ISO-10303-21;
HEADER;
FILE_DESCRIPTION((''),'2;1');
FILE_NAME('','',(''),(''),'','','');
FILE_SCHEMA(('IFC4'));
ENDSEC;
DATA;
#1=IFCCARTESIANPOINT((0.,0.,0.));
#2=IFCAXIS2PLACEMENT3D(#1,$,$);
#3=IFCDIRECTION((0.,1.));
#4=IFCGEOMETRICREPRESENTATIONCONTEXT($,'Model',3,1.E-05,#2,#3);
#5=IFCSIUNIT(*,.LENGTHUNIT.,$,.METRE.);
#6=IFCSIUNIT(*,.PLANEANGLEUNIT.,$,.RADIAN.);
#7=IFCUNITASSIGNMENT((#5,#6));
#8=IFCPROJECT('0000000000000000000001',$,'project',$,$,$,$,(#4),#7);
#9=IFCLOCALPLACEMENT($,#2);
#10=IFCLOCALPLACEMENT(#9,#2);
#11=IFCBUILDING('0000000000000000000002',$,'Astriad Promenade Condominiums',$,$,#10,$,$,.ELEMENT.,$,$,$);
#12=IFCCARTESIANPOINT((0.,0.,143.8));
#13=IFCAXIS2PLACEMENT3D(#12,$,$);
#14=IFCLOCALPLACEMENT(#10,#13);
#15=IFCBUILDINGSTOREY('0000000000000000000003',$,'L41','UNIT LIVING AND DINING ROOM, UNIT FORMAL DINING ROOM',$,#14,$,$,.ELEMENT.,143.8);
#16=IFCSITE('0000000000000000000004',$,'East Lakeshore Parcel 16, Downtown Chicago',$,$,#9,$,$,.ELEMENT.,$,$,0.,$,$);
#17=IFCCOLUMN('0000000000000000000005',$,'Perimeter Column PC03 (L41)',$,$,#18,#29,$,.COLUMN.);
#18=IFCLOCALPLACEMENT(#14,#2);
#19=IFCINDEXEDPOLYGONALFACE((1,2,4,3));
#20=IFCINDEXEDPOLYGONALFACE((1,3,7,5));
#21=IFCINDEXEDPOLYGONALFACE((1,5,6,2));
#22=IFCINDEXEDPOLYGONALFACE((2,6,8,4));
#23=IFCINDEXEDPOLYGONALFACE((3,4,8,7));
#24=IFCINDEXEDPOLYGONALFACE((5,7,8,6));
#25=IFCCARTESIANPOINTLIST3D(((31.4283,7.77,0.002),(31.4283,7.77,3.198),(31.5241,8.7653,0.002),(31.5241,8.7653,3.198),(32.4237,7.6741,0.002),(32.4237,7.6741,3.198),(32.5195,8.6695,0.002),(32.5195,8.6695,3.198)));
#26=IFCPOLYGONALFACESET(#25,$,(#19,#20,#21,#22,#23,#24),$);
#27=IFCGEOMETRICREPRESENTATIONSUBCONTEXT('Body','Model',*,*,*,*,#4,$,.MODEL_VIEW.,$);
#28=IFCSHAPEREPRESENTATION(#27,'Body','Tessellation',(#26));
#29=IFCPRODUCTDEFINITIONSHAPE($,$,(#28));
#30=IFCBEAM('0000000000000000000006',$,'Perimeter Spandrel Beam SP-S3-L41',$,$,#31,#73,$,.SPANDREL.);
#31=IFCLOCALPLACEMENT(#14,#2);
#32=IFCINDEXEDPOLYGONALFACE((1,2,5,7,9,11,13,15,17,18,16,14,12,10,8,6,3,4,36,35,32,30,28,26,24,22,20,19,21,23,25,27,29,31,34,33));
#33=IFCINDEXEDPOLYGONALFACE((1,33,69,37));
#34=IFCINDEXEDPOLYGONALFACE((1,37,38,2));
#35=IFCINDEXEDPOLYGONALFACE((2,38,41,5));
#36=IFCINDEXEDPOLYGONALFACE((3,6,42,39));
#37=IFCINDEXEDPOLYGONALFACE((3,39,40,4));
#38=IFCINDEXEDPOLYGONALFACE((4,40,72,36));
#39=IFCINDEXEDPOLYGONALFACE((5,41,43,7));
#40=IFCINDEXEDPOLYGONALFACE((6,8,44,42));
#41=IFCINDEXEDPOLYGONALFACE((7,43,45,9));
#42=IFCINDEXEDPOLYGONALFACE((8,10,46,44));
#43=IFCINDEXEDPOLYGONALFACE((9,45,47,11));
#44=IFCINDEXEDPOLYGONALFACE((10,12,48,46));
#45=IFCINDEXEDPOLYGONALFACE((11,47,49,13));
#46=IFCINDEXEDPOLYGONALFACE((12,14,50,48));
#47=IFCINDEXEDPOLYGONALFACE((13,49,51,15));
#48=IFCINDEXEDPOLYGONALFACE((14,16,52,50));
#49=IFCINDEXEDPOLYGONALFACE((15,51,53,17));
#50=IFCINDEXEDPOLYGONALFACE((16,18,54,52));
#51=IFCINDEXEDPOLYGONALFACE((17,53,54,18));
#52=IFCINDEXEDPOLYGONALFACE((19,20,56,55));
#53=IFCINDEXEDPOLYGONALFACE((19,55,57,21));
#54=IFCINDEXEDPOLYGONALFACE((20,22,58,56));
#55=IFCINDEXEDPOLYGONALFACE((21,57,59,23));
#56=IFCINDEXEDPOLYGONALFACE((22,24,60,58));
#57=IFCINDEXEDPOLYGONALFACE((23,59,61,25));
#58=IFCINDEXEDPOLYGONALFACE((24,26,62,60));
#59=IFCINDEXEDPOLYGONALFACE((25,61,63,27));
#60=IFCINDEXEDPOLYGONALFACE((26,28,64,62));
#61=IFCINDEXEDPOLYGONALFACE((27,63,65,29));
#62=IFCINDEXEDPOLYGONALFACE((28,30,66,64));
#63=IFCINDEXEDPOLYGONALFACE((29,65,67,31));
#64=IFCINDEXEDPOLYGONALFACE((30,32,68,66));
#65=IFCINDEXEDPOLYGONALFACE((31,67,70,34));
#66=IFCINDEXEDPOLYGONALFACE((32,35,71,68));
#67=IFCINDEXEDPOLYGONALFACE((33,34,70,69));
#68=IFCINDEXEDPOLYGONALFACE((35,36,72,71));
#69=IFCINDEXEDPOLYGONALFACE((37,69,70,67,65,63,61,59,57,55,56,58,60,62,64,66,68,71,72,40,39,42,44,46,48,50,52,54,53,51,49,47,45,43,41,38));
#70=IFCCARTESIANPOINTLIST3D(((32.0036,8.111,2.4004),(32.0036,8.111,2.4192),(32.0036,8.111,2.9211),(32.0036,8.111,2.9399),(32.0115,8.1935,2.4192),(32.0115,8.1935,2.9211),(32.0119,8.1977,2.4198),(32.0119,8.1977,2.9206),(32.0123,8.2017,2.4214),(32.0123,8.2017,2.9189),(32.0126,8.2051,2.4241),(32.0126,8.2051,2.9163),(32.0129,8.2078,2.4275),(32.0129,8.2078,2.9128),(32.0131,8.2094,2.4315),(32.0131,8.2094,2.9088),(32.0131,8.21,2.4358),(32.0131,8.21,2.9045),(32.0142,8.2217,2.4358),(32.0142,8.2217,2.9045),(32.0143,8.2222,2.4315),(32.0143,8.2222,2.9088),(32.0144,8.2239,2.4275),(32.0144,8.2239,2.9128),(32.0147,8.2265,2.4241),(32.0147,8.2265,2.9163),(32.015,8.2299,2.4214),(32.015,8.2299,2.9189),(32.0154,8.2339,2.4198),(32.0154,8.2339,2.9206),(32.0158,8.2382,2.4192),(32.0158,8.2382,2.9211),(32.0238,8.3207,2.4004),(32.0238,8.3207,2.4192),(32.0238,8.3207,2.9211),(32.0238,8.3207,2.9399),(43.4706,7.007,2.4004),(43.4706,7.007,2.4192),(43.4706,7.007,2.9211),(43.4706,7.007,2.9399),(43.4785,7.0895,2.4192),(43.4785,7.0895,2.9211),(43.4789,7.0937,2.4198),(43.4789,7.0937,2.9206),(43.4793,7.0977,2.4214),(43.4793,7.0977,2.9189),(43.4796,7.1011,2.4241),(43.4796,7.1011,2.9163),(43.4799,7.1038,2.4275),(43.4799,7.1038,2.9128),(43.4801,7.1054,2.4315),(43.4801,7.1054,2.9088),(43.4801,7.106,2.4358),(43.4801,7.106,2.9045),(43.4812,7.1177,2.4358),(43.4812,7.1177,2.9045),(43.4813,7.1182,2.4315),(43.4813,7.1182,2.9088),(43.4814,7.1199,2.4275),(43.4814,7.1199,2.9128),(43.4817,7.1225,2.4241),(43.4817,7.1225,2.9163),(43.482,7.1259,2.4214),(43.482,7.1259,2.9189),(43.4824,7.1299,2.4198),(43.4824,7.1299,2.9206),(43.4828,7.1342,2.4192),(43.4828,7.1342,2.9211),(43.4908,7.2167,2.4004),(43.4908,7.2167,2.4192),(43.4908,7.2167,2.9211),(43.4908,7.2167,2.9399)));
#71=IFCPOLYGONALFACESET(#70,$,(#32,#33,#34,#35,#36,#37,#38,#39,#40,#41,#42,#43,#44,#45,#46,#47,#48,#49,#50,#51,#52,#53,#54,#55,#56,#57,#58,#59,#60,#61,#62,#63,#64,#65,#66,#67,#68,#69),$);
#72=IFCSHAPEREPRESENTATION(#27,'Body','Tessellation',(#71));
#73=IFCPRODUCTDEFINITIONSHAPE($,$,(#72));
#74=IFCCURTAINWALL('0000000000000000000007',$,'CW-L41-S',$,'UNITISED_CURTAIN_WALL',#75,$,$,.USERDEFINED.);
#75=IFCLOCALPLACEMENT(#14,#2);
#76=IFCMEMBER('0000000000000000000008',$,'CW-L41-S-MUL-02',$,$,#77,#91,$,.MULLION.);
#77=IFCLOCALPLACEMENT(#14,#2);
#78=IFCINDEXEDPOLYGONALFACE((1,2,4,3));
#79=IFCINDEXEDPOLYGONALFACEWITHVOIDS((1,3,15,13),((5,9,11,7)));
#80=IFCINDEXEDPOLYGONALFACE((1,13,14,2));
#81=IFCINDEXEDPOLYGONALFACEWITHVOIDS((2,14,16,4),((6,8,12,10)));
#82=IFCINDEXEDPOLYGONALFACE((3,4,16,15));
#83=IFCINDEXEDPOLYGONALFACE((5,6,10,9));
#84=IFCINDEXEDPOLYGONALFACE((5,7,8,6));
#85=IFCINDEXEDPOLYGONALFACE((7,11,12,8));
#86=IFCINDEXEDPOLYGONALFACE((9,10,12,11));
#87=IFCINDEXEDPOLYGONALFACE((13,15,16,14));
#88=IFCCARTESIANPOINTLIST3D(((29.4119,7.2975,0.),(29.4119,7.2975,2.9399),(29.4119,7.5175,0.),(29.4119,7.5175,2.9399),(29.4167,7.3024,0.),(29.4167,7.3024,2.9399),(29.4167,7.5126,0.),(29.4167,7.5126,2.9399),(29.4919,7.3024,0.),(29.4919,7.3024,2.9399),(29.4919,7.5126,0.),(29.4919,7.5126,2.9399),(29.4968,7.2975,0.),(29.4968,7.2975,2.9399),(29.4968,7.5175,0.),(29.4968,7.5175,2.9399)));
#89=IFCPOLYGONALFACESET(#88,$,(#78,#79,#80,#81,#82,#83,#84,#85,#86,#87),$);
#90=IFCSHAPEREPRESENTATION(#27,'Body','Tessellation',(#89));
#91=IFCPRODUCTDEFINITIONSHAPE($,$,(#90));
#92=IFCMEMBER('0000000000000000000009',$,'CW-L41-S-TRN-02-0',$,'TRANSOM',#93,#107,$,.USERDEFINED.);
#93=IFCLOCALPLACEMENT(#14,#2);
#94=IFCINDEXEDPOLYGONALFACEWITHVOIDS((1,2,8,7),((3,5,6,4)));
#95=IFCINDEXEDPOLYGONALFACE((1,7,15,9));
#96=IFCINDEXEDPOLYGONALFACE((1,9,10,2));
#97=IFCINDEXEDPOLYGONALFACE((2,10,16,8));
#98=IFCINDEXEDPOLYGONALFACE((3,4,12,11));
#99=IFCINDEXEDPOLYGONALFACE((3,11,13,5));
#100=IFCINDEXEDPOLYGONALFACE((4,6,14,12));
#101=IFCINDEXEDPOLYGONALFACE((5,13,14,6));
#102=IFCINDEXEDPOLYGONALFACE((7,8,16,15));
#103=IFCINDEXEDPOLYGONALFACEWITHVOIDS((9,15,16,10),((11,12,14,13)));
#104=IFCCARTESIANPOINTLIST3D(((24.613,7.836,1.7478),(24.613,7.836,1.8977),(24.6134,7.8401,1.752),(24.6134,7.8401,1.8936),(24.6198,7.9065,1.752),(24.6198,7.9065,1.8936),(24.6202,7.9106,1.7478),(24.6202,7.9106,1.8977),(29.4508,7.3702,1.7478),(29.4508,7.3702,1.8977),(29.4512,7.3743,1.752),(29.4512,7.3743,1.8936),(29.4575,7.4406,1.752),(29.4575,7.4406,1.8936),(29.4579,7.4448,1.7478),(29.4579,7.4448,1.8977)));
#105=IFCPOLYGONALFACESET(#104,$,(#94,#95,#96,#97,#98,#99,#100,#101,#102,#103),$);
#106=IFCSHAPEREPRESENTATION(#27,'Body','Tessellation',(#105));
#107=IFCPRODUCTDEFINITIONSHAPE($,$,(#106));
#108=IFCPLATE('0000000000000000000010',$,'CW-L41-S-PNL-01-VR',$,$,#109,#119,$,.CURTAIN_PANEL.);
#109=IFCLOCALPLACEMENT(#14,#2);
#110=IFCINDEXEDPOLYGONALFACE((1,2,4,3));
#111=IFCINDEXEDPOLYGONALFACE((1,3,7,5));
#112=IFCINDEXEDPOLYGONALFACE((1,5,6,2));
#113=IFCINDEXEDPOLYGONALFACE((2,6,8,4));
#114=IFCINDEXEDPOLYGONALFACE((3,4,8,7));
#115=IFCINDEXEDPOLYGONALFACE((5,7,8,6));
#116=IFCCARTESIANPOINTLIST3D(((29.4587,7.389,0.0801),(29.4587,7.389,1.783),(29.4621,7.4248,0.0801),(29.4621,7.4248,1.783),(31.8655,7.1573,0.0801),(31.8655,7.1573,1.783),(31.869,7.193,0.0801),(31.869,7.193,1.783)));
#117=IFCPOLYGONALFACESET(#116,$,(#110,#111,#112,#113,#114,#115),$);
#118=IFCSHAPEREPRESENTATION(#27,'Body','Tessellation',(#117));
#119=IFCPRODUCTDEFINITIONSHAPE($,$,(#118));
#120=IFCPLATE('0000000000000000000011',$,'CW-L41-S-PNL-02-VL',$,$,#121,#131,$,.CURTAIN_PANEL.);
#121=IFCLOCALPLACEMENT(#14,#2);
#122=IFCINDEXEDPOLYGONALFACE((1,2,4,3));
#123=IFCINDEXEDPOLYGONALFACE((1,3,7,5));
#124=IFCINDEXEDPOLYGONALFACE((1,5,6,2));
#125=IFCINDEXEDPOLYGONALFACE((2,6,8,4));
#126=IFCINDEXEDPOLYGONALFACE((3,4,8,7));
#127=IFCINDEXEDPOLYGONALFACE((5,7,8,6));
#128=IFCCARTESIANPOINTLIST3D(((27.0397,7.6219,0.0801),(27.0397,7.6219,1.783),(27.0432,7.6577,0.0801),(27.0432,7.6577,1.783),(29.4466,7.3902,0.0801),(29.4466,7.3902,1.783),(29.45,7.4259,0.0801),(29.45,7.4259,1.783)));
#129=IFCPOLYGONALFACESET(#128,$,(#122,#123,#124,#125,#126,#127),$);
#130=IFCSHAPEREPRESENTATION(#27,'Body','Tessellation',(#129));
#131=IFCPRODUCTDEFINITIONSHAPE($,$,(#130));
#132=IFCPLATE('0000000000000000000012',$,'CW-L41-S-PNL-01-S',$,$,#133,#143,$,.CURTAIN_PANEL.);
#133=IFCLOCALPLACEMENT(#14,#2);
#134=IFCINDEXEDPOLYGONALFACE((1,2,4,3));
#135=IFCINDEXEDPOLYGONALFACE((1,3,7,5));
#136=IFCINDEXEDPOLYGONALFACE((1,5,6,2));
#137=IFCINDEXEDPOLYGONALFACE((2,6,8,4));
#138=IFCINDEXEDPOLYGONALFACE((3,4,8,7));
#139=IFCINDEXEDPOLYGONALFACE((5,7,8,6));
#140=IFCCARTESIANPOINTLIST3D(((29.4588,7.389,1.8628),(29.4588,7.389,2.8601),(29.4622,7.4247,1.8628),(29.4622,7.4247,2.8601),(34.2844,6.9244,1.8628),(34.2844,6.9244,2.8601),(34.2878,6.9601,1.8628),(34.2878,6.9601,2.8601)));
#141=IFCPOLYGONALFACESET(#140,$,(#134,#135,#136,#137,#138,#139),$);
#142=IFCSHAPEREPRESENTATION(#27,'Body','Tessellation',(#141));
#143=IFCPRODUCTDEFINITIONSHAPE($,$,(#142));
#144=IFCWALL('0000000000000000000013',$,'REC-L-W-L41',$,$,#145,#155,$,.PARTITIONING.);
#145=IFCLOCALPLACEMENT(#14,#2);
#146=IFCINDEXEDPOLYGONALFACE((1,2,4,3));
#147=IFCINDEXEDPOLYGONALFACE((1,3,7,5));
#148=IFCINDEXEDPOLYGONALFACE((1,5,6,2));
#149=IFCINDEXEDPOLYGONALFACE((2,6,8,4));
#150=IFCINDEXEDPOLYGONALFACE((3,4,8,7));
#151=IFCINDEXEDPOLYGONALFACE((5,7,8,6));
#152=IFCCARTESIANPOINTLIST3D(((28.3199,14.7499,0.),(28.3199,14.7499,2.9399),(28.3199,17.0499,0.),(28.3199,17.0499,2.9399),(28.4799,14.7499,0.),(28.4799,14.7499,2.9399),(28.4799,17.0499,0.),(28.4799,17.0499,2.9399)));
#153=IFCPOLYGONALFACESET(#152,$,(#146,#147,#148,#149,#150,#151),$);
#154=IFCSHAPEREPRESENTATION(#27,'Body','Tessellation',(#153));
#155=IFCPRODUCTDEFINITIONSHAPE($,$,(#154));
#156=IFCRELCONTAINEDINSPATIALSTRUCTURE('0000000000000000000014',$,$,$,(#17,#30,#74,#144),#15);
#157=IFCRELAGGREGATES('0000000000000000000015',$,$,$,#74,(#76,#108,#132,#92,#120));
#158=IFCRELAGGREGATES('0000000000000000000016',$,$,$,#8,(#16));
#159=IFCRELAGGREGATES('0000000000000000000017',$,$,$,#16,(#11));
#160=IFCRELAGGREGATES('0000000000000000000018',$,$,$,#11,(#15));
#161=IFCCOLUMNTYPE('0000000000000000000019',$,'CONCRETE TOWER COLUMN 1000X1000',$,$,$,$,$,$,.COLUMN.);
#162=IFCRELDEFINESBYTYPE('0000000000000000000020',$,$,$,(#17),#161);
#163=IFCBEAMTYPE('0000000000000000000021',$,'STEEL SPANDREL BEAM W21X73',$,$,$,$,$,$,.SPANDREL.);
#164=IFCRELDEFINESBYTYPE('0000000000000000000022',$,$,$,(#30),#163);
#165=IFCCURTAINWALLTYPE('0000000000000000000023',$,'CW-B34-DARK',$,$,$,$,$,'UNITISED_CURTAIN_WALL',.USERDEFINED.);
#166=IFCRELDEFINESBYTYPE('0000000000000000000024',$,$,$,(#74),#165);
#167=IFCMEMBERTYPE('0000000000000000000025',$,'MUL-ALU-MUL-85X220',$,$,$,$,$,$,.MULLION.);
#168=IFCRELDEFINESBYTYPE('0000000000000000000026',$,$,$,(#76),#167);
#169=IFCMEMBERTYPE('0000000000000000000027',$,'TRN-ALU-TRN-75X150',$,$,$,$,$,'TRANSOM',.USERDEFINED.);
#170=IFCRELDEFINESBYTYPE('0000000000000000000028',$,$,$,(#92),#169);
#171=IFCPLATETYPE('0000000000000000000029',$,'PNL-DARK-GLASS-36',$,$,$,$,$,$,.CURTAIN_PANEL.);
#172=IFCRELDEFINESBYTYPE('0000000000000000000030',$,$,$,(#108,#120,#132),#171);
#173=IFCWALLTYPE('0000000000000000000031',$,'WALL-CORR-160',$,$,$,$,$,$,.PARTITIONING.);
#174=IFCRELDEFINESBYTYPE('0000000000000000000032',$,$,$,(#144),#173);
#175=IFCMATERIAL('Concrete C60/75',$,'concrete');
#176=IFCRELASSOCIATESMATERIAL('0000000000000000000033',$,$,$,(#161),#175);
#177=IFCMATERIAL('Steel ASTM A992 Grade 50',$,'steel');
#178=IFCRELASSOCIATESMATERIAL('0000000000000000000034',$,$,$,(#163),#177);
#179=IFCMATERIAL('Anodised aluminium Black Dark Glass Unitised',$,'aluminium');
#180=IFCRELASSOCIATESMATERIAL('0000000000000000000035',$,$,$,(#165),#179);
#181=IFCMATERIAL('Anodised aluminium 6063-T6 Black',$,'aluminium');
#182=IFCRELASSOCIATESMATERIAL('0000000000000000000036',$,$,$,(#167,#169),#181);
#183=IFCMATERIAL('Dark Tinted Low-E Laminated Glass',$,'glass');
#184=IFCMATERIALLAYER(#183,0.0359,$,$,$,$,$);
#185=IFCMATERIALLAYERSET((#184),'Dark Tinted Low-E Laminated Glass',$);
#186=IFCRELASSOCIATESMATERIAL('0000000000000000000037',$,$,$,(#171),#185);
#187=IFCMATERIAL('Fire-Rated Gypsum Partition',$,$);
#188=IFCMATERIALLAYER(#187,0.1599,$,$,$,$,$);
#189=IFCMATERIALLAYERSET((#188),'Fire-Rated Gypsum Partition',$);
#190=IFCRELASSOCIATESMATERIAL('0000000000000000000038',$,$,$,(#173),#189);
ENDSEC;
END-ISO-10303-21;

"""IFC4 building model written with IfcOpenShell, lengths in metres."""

from ifc_helpers import new_model, si_unit, direction, frame, frame_2d, origin, origin_2d, place, context, subcontext, project, spatial, rectangle, hollow_rectangle, i_section, extrude, source, transform, mapped, material, layer, layer_set, material_profile, profile_set, type_object, type_shapes, element, aggregate, save


model = new_model("IFC4")

# Units and contexts
model_context = context("Model", 3, precision=1e-05, world=origin(), true_north=direction((0.0, 1.0)))
body_context = subcontext(model_context, "Body", "Model", "MODEL_VIEW")
ifc_project = project(units=[si_unit("LENGTHUNIT", "METRE"), si_unit("PLANEANGLEUNIT", "RADIAN")], contexts=[model_context])

# Site, building, storey
site_placement = place(None, origin())
site = spatial("IfcSite", under=ifc_project, at=site_placement, Name="East Lakeshore Parcel 16, Downtown Chicago", CompositionType="ELEMENT", RefElevation=0.0)
building_placement = place(site_placement, origin())
building = spatial("IfcBuilding", under=site, at=building_placement, Name="Astriad Promenade Condominiums", CompositionType="ELEMENT")
storey_placement = place(building_placement, frame((0.0, 0.0, 143.8)))
storey = spatial("IfcBuildingStorey", under=building, at=storey_placement, Name="L41", Description="UNIT LIVING AND DINING ROOM, UNIT FORMAL DINING ROOM", CompositionType="ELEMENT", Elevation=143.8)

# Column
ifc_material_1 = material(Name="Concrete C60/75", Category="concrete")
ifc_material_profile_1 = material_profile(ifc_material_1, rectangle(XDim=1.0, YDim=1.0, at=origin_2d()), Name="RC-COL-1000X1000")
ifc_profile_set_1 = profile_set([ifc_material_profile_1], Name="Concrete C60/75")
column_type = type_object("IfcColumnType", Name="CONCRETE TOWER COLUMN 1000X1000", PredefinedType="COLUMN", material=ifc_profile_set_1)
shared_shape_1 = source(origin(), body_context, "Body", "SweptSolid", [
    extrude(rectangle(XDim=1.0, YDim=1.0, at=origin_2d()), origin(), (0.0, 0.0, 1.0), 3.196),
])
type_shapes(column_type, [shared_shape_1])
column_placement = place(storey_placement, frame((31.9739, 8.2197, 0.002), z_axis=(0.0, 0.0, 1.0), x_axis=(0.995396, -0.095846, 0.0)))
element("IfcColumn", 1, at=column_placement, inside=storey, type_object=column_type, Name="Perimeter Column PC03 (L41)", PredefinedType="COLUMN", context=body_context, shape_type="MappedRepresentation", body=[
    mapped(shared_shape_1, transform((0.0, 0.0, 0.0), scale=1.0)),
])

# Beam
ifc_material_2 = material(Name="Steel ASTM A992 Grade 50", Category="steel")
ifc_material_profile_2 = material_profile(ifc_material_2, i_section(OverallWidth=0.2107, OverallDepth=0.5396, WebThickness=0.0117, FlangeThickness=0.0188, FilletRadius=0.0166, at=origin_2d()), Name="W21X73")
ifc_profile_set_2 = profile_set([ifc_material_profile_2], Name="Steel ASTM A992 Grade 50")
beam_type = type_object("IfcBeamType", Name="STEEL SPANDREL BEAM W21X73", PredefinedType="SPANDREL", material=ifc_profile_set_2)
shared_shape_2 = source(origin(), body_context, "Body", "SweptSolid", [
    extrude(i_section(OverallWidth=0.2107, OverallDepth=0.5396, WebThickness=0.0117, FlangeThickness=0.0188, FilletRadius=0.0166, at=origin_2d()), origin(), (0.0, 0.0, 1.0), 11.52),
])
type_shapes(beam_type, [shared_shape_2])
beam_placement = place(storey_placement, frame((32.0137, 8.2158, 2.6702), z_axis=(0.995397, -0.095833, 0.0), x_axis=(0.095833, 0.995397, 0.0)))
element("IfcBeam", 2, at=beam_placement, inside=storey, type_object=beam_type, Name="Perimeter Spandrel Beam SP-S3-L41", PredefinedType="SPANDREL", context=body_context, shape_type="MappedRepresentation", body=[
    mapped(shared_shape_2, transform((0.0, 0.0, 0.0), scale=1.0)),
])

# Curtain wall, members, plates
ifc_material_3 = material(Name="Anodised aluminium Black Dark Glass Unitised", Category="aluminium")
curtain_wall_type = type_object("IfcCurtainWallType", Name="CW-B34-DARK", ElementType="UNITISED_CURTAIN_WALL", PredefinedType="USERDEFINED", material=ifc_material_3)
curtain_wall_placement = place(storey_placement, origin())
curtain_wall = element("IfcCurtainWall", 3, at=curtain_wall_placement, inside=storey, type_object=curtain_wall_type, Name="CW-L41-S", ObjectType="UNITISED_CURTAIN_WALL", PredefinedType="USERDEFINED")
ifc_material_4 = material(Name="Anodised aluminium 6063-T6 Black", Category="aluminium")
ifc_material_profile_3 = material_profile(ifc_material_4, hollow_rectangle(XDim=0.085, YDim=0.22, WallThickness=0.0049, at=origin_2d()), Name="ALU-MUL-85X220")
ifc_profile_set_3 = profile_set([ifc_material_profile_3], Name="Anodised aluminium 6063-T6 Black")
member_type_1 = type_object("IfcMemberType", Name="MUL-ALU-MUL-85X220", PredefinedType="MULLION", material=ifc_profile_set_3)
shared_shape_3 = source(origin(), body_context, "Body", "SweptSolid", [
    extrude(hollow_rectangle(XDim=0.085, YDim=0.22, WallThickness=0.0049, at=origin_2d()), origin(), (0.0, 0.0, 1.0), 2.9399),
])
type_shapes(member_type_1, [shared_shape_3])
member_1_placement = place(storey_placement, frame((29.4543, 7.4075, 0.0), z_axis=(0.0, 0.0, 1.0), x_axis=(1.0, 0.0, 0.0)))
member_1 = element("IfcMember", 4, at=member_1_placement, type_object=member_type_1, Name="CW-L41-S-MUL-02", PredefinedType="MULLION", context=body_context, shape_type="MappedRepresentation", body=[
    mapped(shared_shape_3, transform((0.0, 0.0, 0.0), scale=1.0)),
])
ifc_material_profile_4 = material_profile(ifc_material_4, hollow_rectangle(XDim=0.075, YDim=0.1499, WallThickness=0.0042, at=origin_2d()), Name="ALU-TRN-75X150")
ifc_profile_set_4 = profile_set([ifc_material_profile_4], Name="Anodised aluminium 6063-T6 Black")
member_type_2 = type_object("IfcMemberType", Name="TRN-ALU-TRN-75X150", ElementType="TRANSOM", PredefinedType="USERDEFINED", material=ifc_profile_set_4)
shared_shape_4 = source(origin(), body_context, "Body", "SweptSolid", [
    extrude(hollow_rectangle(XDim=0.075, YDim=0.1499, WallThickness=0.0042, at=origin_2d()), origin(), (0.0, 0.0, 1.0), 4.8601),
])
type_shapes(member_type_2, [shared_shape_4])
member_2_placement = place(storey_placement, frame((29.4543, 7.4075, 1.8228), z_axis=(-0.995396, 0.095847, 0.0), x_axis=(-0.095847, -0.995396, 0.0)))
member_2 = element("IfcMember", 5, at=member_2_placement, type_object=member_type_2, Name="CW-L41-S-TRN-02-0", ObjectType="TRANSOM", PredefinedType="USERDEFINED", context=body_context, shape_type="MappedRepresentation", body=[
    mapped(shared_shape_4, transform((0.0, 0.0, 0.0), scale=1.0)),
])
ifc_material_5 = material(Name="Dark Tinted Low-E Laminated Glass", Category="glass")
ifc_layer_1 = layer(ifc_material_5, 0.0359)
ifc_layer_set_1 = layer_set([ifc_layer_1], Name="Dark Tinted Low-E Laminated Glass")
plate_type = type_object("IfcPlateType", Name="PNL-DARK-GLASS-36", PredefinedType="CURTAIN_PANEL", material=ifc_layer_set_1)
shared_shape_5 = source(origin(), body_context, "Body", "SweptSolid", [
    extrude(rectangle(XDim=2.418, YDim=0.0359, at=origin_2d()), origin(), (0.0, 0.0, 1.0), 1.7029),
])
plate_1_placement = place(storey_placement, frame((30.6638, 7.291, 0.0801), z_axis=(0.0, 0.0, 1.0), x_axis=(-0.995396, 0.095846, 0.0)))
plate_1 = element("IfcPlate", 6, at=plate_1_placement, type_object=plate_type, Name="CW-L41-S-PNL-01-VR", PredefinedType="CURTAIN_PANEL", context=body_context, shape_type="MappedRepresentation", body=[
    mapped(shared_shape_5, transform((0.0, 0.0, 0.0), scale=1.0)),
])
plate_2_placement = place(storey_placement, frame((28.2449, 7.5239, 0.0801), z_axis=(0.0, 0.0, 1.0), x_axis=(-0.995396, 0.095846, 0.0)))
plate_2 = element("IfcPlate", 7, at=plate_2_placement, type_object=plate_type, Name="CW-L41-S-PNL-02-VL", PredefinedType="CURTAIN_PANEL", context=body_context, shape_type="MappedRepresentation", body=[
    mapped(shared_shape_5, transform((0.0, 0.0, 0.0), scale=1.0)),
])
shared_shape_6 = source(origin(), body_context, "Body", "SweptSolid", [
    extrude(rectangle(XDim=4.8479, YDim=0.0359, at=origin_2d()), origin(), (0.0, 0.0, 1.0), 0.9973),
])
type_shapes(plate_type, [shared_shape_5, shared_shape_6])
plate_3_placement = place(storey_placement, frame((31.8733, 7.1746, 1.8628), z_axis=(0.0, 0.0, 1.0), x_axis=(-0.995396, 0.095846, 0.0)))
plate_3 = element("IfcPlate", 8, at=plate_3_placement, type_object=plate_type, Name="CW-L41-S-PNL-01-S", PredefinedType="CURTAIN_PANEL", context=body_context, shape_type="MappedRepresentation", body=[
    mapped(shared_shape_6, transform((0.0, 0.0, 0.0), scale=1.0)),
])
aggregate(curtain_wall, [member_1, plate_1, plate_3, member_2, plate_2])

# Wall
ifc_material_6 = material(Name="Fire-Rated Gypsum Partition")
ifc_layer_2 = layer(ifc_material_6, 0.1599)
ifc_layer_set_2 = layer_set([ifc_layer_2], Name="Fire-Rated Gypsum Partition")
wall_type_1 = type_object("IfcWallType", Name="WALL-CORR-160", PredefinedType="PARTITIONING", material=ifc_layer_set_2)
wall_1_placement = place(storey_placement, frame((28.3999, 14.75, 0.0), z_axis=(0.0, 0.0, 1.0), x_axis=(0.0, 1.0, 0.0)))
element("IfcWall", 9, at=wall_1_placement, inside=storey, type_object=wall_type_1, Name="REC-L-W-L41", PredefinedType="PARTITIONING", context=body_context, shape_type="SweptSolid", body=[
    extrude(rectangle(XDim=2.3, YDim=0.1599, at=frame_2d((1.1499, 0.0))), origin(), (0.0, 0.0, 1.0), 2.9399),
])

save(model, "model.ifc")
